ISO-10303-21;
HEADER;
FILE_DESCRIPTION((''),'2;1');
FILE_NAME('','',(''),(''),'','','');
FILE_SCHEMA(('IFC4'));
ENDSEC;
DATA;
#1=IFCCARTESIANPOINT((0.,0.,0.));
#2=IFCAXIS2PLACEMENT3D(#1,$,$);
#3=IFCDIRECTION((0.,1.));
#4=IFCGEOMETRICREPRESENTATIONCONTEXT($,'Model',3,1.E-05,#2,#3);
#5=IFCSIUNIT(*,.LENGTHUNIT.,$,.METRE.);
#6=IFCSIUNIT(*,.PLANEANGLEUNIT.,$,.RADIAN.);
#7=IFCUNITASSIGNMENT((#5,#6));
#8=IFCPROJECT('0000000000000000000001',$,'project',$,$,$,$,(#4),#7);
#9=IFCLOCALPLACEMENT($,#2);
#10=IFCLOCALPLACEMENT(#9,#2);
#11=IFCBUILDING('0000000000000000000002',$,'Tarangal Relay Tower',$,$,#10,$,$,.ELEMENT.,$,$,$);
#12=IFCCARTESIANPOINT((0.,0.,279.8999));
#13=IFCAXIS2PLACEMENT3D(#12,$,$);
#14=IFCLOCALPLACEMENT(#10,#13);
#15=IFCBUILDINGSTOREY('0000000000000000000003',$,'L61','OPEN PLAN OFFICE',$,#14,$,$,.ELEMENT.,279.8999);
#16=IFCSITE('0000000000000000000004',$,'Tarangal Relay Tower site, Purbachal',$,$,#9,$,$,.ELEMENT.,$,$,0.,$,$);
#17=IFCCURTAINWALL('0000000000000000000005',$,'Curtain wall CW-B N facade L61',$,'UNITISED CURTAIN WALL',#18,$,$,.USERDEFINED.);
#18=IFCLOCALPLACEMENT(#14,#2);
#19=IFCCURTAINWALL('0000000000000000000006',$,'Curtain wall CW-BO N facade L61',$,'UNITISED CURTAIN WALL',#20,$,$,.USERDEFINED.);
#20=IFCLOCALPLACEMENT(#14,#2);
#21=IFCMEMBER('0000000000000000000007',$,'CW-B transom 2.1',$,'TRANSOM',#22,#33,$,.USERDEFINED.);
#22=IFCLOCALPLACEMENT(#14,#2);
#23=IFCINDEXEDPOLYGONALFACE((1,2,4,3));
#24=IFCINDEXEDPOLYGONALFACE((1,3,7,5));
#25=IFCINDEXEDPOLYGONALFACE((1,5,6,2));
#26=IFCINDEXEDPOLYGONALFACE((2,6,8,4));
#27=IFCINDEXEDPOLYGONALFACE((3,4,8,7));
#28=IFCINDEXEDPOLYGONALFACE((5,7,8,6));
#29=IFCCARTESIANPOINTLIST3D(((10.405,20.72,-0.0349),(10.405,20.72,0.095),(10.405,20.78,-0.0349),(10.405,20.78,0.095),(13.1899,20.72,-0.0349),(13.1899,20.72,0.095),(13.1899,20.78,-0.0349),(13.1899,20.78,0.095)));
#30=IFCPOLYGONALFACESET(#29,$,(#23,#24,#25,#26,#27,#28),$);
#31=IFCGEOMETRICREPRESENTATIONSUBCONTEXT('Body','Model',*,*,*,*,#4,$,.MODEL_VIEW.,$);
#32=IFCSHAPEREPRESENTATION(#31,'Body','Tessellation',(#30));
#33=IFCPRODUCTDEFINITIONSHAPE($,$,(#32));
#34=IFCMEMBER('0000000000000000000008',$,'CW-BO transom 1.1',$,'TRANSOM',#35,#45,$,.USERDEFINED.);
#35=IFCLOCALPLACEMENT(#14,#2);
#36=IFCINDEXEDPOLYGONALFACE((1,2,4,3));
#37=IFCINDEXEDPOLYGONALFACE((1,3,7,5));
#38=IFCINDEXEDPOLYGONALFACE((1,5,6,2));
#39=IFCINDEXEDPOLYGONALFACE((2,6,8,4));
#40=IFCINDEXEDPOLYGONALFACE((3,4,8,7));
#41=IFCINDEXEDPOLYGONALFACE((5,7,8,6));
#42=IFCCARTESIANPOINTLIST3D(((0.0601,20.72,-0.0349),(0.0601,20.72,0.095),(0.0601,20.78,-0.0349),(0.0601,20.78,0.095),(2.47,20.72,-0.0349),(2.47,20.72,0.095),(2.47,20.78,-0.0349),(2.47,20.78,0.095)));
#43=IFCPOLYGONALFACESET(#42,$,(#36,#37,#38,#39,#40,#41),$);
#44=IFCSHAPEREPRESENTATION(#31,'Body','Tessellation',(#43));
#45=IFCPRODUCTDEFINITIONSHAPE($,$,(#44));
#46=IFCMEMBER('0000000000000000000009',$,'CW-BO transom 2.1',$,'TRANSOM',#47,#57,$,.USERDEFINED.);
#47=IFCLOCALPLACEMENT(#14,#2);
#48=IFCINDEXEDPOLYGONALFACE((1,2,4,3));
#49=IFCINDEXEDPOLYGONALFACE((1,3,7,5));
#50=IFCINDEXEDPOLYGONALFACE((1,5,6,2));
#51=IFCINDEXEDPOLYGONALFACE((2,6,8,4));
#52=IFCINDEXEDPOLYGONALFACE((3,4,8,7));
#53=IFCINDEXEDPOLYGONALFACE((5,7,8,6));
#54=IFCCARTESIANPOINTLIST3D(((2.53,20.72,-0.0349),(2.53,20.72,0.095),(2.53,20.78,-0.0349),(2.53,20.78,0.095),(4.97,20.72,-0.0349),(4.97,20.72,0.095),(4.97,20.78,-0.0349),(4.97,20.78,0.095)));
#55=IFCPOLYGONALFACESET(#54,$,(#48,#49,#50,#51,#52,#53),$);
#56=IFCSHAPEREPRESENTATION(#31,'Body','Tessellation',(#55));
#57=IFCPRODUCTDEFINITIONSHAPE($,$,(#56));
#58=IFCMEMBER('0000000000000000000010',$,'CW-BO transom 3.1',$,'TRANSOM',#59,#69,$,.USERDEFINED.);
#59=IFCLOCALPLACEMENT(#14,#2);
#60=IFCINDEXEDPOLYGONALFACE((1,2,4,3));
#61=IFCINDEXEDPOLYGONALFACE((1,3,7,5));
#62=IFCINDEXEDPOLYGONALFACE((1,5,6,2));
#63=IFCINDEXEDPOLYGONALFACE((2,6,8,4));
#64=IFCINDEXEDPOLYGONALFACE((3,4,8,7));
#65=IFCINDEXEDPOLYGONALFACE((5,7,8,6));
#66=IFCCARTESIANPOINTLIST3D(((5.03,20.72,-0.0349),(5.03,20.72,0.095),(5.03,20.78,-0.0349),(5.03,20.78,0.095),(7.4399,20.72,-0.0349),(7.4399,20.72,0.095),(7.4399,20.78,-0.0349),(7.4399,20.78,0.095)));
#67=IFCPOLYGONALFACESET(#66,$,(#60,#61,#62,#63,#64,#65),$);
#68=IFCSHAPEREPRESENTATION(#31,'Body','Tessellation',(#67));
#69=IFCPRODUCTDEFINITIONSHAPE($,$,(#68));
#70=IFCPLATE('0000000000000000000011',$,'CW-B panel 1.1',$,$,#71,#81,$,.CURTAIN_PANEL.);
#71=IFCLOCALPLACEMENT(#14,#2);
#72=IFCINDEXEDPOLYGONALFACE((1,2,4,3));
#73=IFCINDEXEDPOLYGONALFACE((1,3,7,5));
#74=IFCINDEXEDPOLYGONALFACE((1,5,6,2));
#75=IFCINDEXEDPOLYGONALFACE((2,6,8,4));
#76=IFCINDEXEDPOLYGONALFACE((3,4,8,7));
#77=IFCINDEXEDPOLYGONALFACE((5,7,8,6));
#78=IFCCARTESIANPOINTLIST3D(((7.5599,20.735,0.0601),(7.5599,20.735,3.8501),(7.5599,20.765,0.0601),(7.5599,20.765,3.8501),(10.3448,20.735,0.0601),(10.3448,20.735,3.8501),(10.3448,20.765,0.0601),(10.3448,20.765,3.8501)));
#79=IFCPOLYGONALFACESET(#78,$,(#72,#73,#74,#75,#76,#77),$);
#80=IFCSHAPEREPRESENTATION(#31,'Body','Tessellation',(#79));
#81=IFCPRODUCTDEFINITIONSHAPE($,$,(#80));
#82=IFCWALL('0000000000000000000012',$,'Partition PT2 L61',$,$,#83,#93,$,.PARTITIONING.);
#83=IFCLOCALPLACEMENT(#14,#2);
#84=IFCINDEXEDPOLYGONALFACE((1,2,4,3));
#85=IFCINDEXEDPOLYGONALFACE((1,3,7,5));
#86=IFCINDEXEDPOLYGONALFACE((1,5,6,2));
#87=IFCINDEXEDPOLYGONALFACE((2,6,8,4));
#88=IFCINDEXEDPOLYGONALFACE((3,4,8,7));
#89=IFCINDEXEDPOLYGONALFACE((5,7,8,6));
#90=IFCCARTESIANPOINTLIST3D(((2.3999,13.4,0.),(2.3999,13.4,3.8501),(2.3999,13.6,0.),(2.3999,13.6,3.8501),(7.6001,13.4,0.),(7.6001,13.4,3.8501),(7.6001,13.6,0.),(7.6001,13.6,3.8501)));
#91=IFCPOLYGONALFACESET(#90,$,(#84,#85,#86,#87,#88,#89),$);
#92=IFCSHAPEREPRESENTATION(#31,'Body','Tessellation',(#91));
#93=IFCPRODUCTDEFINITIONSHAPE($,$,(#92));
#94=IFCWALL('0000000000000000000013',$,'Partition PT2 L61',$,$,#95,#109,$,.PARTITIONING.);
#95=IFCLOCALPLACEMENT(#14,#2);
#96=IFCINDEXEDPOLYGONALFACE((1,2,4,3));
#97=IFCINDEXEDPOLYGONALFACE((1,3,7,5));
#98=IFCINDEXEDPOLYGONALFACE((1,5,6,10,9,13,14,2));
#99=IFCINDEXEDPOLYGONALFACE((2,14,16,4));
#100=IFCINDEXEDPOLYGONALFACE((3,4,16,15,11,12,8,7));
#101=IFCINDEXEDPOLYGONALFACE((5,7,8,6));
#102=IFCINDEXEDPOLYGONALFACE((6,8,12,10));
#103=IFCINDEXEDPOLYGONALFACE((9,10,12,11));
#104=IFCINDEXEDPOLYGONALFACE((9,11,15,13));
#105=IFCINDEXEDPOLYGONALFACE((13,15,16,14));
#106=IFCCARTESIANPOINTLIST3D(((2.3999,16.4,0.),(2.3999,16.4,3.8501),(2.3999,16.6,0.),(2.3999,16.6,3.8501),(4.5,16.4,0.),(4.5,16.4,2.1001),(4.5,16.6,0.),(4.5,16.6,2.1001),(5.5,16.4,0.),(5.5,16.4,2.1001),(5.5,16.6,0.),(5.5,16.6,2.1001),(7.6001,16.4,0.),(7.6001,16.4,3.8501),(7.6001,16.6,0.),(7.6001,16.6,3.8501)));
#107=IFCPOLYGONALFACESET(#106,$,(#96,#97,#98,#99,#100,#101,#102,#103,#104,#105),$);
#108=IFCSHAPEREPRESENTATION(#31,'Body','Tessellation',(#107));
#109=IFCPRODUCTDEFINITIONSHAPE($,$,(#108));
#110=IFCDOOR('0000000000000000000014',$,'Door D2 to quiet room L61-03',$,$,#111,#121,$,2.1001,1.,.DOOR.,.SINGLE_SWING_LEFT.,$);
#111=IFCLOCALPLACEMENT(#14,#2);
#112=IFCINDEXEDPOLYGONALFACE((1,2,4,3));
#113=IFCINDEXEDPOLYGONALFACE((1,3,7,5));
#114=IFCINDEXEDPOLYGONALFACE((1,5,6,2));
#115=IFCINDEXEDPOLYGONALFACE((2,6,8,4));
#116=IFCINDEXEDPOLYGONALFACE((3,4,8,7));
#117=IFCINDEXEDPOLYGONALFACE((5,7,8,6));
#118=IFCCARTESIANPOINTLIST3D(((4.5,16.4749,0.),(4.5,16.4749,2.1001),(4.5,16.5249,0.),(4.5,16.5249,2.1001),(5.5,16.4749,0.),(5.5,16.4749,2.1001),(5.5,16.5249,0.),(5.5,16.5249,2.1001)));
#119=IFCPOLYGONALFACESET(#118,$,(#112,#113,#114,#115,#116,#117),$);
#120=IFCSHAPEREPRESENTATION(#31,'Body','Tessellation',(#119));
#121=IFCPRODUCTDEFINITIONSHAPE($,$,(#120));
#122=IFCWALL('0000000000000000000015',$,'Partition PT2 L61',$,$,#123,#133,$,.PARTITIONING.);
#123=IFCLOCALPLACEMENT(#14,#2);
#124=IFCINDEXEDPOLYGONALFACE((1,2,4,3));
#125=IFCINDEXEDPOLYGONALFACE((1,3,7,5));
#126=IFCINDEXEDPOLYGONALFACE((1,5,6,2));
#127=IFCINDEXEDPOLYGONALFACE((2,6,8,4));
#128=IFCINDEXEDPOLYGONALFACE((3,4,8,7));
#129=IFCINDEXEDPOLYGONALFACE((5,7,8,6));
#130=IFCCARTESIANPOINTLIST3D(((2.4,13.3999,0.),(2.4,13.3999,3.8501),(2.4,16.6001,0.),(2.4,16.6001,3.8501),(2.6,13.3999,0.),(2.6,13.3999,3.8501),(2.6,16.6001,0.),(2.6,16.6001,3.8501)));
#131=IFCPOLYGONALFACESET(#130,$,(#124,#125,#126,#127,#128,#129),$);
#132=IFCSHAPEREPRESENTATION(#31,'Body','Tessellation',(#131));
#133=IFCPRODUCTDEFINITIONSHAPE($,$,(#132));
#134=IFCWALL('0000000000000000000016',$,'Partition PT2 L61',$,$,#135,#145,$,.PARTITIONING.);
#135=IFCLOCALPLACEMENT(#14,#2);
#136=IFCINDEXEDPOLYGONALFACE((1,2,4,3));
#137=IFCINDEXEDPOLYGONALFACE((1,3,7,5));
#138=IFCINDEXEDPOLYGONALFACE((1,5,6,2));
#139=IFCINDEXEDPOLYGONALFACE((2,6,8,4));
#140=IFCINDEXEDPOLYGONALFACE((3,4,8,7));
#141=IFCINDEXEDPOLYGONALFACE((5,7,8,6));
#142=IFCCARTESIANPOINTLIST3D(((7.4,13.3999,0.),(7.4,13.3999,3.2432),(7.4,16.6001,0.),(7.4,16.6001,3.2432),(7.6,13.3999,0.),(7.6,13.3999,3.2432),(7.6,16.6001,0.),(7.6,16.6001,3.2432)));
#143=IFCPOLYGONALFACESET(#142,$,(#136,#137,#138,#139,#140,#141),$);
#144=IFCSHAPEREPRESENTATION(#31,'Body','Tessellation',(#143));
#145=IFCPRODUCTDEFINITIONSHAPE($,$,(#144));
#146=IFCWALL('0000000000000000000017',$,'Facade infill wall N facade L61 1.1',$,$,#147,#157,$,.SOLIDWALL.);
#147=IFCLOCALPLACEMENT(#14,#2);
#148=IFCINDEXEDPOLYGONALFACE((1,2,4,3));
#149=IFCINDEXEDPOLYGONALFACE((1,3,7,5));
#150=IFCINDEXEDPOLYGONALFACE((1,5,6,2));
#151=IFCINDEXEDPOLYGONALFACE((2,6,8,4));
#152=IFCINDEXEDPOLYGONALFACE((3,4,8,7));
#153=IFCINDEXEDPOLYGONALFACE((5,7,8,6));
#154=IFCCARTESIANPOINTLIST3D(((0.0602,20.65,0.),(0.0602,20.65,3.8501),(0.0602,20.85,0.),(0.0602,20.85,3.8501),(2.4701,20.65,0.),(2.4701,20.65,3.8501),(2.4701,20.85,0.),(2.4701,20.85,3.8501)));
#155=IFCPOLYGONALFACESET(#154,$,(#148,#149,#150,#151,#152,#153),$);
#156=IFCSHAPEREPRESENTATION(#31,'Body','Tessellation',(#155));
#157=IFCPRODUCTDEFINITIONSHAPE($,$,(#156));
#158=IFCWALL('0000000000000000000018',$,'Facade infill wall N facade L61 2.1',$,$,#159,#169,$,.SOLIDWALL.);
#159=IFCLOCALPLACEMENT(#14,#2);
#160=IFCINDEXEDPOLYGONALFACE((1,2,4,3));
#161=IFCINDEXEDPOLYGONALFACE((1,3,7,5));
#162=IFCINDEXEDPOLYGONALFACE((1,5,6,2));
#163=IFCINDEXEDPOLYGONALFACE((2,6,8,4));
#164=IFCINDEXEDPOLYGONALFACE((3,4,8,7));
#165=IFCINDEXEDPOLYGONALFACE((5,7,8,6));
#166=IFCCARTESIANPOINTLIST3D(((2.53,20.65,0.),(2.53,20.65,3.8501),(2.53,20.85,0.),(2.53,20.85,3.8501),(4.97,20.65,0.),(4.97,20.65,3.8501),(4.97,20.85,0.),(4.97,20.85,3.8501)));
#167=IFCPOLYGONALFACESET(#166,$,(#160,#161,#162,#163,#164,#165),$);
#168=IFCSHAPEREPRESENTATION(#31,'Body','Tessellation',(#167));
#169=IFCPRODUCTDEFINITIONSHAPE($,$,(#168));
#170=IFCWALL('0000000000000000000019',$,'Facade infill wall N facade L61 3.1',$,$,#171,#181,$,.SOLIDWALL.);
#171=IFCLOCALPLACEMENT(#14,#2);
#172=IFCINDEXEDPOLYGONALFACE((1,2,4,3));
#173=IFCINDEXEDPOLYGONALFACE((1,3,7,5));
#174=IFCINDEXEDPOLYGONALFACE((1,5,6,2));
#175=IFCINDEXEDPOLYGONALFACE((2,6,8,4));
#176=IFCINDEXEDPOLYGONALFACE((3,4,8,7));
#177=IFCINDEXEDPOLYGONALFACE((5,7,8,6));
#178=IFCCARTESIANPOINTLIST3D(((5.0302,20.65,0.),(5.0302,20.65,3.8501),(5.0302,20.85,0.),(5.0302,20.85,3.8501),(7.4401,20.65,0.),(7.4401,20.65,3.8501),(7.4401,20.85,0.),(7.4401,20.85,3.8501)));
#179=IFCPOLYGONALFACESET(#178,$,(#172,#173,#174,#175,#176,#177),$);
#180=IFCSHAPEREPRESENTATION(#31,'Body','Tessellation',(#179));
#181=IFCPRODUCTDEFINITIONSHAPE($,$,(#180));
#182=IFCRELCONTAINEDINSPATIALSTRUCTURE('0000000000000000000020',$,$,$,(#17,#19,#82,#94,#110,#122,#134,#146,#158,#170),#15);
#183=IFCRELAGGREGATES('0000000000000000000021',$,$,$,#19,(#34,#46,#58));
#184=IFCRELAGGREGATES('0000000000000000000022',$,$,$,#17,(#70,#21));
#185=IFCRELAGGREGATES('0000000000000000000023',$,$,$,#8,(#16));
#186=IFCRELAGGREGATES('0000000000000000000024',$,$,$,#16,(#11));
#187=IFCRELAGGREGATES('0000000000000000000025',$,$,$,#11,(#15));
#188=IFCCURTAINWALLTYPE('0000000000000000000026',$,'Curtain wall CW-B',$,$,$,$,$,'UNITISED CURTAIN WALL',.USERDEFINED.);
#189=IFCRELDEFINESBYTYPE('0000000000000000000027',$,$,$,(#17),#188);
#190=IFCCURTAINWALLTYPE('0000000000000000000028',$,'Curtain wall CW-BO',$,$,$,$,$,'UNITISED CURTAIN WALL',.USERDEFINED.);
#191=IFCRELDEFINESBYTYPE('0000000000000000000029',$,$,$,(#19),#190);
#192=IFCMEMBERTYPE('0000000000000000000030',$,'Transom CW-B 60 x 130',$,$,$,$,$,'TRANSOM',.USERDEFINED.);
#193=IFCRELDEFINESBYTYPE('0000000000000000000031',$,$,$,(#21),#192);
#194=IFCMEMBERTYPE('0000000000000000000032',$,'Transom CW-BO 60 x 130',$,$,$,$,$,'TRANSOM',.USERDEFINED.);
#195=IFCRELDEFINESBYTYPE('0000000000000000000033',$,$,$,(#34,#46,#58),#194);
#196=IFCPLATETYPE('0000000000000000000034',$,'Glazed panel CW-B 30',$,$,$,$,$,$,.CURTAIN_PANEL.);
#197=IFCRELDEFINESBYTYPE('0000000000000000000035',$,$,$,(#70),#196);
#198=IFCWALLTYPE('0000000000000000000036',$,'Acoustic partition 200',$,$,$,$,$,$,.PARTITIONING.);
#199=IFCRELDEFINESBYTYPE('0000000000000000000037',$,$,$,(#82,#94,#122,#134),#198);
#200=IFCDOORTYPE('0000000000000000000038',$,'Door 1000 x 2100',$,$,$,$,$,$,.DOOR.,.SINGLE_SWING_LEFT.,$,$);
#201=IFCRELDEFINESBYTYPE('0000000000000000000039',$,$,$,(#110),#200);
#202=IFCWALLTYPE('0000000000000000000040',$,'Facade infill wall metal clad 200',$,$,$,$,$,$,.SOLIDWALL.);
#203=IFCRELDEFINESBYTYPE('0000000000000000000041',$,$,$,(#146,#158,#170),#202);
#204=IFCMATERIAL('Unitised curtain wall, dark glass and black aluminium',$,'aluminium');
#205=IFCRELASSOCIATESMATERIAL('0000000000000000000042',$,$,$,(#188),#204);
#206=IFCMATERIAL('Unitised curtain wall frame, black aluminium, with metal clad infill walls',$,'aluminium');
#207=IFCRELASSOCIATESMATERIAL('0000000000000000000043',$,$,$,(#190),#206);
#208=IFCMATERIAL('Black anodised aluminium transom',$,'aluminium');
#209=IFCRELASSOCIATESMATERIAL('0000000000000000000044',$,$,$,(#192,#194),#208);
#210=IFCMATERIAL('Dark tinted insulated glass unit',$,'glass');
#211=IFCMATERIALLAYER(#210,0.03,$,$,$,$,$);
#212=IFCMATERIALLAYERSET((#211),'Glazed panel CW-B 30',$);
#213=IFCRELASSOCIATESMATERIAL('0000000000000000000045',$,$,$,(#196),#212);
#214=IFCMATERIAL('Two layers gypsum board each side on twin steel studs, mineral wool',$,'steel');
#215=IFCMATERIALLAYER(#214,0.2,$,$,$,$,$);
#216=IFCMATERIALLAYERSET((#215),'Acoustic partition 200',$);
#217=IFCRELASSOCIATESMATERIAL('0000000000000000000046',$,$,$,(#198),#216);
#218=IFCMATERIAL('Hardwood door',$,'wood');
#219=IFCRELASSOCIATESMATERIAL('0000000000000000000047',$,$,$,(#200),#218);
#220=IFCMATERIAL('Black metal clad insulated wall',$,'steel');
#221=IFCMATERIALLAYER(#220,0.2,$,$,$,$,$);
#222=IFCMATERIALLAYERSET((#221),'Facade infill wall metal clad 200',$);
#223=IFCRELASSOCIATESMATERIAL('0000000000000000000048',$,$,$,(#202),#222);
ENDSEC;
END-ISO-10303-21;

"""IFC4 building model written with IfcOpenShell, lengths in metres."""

from ifc_helpers import new_model, si_unit, direction, frame, frame_2d, origin, origin_2d, place, context, subcontext, project, spatial, rectangle, extrude, material, layer, layer_set, material_profile, profile_set, type_object, element, fill, aggregate, save


model = new_model("IFC4")

# Units and contexts
model_context = context("Model", 3, precision=1e-05, world=origin(), true_north=direction((0.0, 1.0)))
body_context = subcontext(model_context, "Body", "Model", "MODEL_VIEW")
ifc_project = project(units=[si_unit("LENGTHUNIT", "METRE"), si_unit("PLANEANGLEUNIT", "RADIAN")], contexts=[model_context])

# Site, building, storey
site_placement = place(None, origin())
site = spatial("IfcSite", under=ifc_project, at=site_placement, Name="Tarangal Relay Tower site, Purbachal", CompositionType="ELEMENT", RefElevation=0.0)
building_placement = place(site_placement, origin())
building = spatial("IfcBuilding", under=site, at=building_placement, Name="Tarangal Relay Tower", CompositionType="ELEMENT")
storey_placement = place(building_placement, frame((0.0, 0.0, 279.8999)))
storey = spatial("IfcBuildingStorey", under=building, at=storey_placement, Name="L61", Description="OPEN PLAN OFFICE", CompositionType="ELEMENT", Elevation=279.8999)

# Curtain walls
ifc_material_1 = material(Name="Unitised curtain wall, dark glass and black aluminium", Category="aluminium")
curtain_wall_type_1 = type_object("IfcCurtainWallType", Name="Curtain wall CW-B", ElementType="UNITISED CURTAIN WALL", PredefinedType="USERDEFINED", material=ifc_material_1)
curtain_wall_1_placement = place(storey_placement, origin())
curtain_wall_1 = element("IfcCurtainWall", 1, at=curtain_wall_1_placement, inside=storey, type_object=curtain_wall_type_1, Name="Curtain wall CW-B N facade L61", ObjectType="UNITISED CURTAIN WALL", PredefinedType="USERDEFINED")
ifc_material_2 = material(Name="Unitised curtain wall frame, black aluminium, with metal clad infill walls", Category="aluminium")
curtain_wall_type_2 = type_object("IfcCurtainWallType", Name="Curtain wall CW-BO", ElementType="UNITISED CURTAIN WALL", PredefinedType="USERDEFINED", material=ifc_material_2)
curtain_wall_2_placement = place(storey_placement, origin())
curtain_wall_2 = element("IfcCurtainWall", 2, at=curtain_wall_2_placement, inside=storey, type_object=curtain_wall_type_2, Name="Curtain wall CW-BO N facade L61", ObjectType="UNITISED CURTAIN WALL", PredefinedType="USERDEFINED")

# Members
ifc_material_3 = material(Name="Black anodised aluminium transom", Category="aluminium")
ifc_material_profile_1 = material_profile(ifc_material_3, rectangle(XDim=0.0601, YDim=0.1299, at=origin_2d()), Name="CW-BT 60X130")
ifc_profile_set_1 = profile_set([ifc_material_profile_1], Name="Black anodised aluminium transom")
member_type_1 = type_object("IfcMemberType", Name="Transom CW-B 60 x 130", ElementType="TRANSOM", PredefinedType="USERDEFINED", material=ifc_profile_set_1)
member_1_placement = place(storey_placement, frame((10.405, 20.75, 0.03), z_axis=(1.0, 0.0, 0.0), x_axis=(0.0, 1.0, 0.0)))
member_1 = element("IfcMember", 3, at=member_1_placement, type_object=member_type_1, Name="CW-B transom 2.1", ObjectType="TRANSOM", PredefinedType="USERDEFINED", context=body_context, shape_type="SweptSolid", body=[
    extrude(rectangle(XDim=0.0601, YDim=0.1299, at=origin_2d()), origin(), (0.0, 0.0, 1.0), 2.7849),
])
ifc_material_profile_2 = material_profile(ifc_material_3, rectangle(XDim=0.0601, YDim=0.1299, at=origin_2d()), Name="CW-BOT 60X130")
ifc_profile_set_2 = profile_set([ifc_material_profile_2], Name="Black anodised aluminium transom")
member_type_2 = type_object("IfcMemberType", Name="Transom CW-BO 60 x 130", ElementType="TRANSOM", PredefinedType="USERDEFINED", material=ifc_profile_set_2)
member_2_placement = place(storey_placement, frame((0.0601, 20.75, 0.03), z_axis=(1.0, 0.0, 0.0), x_axis=(0.0, 1.0, 0.0)))
member_2 = element("IfcMember", 4, at=member_2_placement, type_object=member_type_2, Name="CW-BO transom 1.1", ObjectType="TRANSOM", PredefinedType="USERDEFINED", context=body_context, shape_type="SweptSolid", body=[
    extrude(rectangle(XDim=0.0601, YDim=0.1299, at=origin_2d()), origin(), (0.0, 0.0, 1.0), 2.4099),
])
member_3_placement = place(storey_placement, frame((2.53, 20.75, 0.03), z_axis=(1.0, 0.0, 0.0), x_axis=(0.0, 1.0, 0.0)))
member_3 = element("IfcMember", 5, at=member_3_placement, type_object=member_type_2, Name="CW-BO transom 2.1", ObjectType="TRANSOM", PredefinedType="USERDEFINED", context=body_context, shape_type="SweptSolid", body=[
    extrude(rectangle(XDim=0.0601, YDim=0.1299, at=origin_2d()), origin(), (0.0, 0.0, 1.0), 2.4399),
])
member_4_placement = place(storey_placement, frame((5.03, 20.75, 0.03), z_axis=(1.0, 0.0, 0.0), x_axis=(0.0, 1.0, 0.0)))
member_4 = element("IfcMember", 6, at=member_4_placement, type_object=member_type_2, Name="CW-BO transom 3.1", ObjectType="TRANSOM", PredefinedType="USERDEFINED", context=body_context, shape_type="SweptSolid", body=[
    extrude(rectangle(XDim=0.0601, YDim=0.1299, at=origin_2d()), origin(), (0.0, 0.0, 1.0), 2.4099),
])
aggregate(curtain_wall_2, [member_2, member_3, member_4])

# Plate
ifc_material_4 = material(Name="Dark tinted insulated glass unit", Category="glass")
ifc_layer_1 = layer(ifc_material_4, 0.03)
ifc_layer_set_1 = layer_set([ifc_layer_1], Name="Glazed panel CW-B 30")
plate_type = type_object("IfcPlateType", Name="Glazed panel CW-B 30", PredefinedType="CURTAIN_PANEL", material=ifc_layer_set_1)
plate_placement = place(storey_placement, frame((8.9524, 20.75, 0.0601), z_axis=(0.0, 0.0, 1.0), x_axis=(1.0, 0.0, 0.0)))
plate = element("IfcPlate", 7, at=plate_placement, type_object=plate_type, Name="CW-B panel 1.1", PredefinedType="CURTAIN_PANEL", context=body_context, shape_type="SweptSolid", body=[
    extrude(rectangle(XDim=2.7849, YDim=0.03, at=origin_2d()), origin(), (0.0, 0.0, 1.0), 3.79),
])
aggregate(curtain_wall_1, [plate, member_1])

# Wall
ifc_material_5 = material(Name="Two layers gypsum board each side on twin steel studs, mineral wool", Category="steel")
ifc_layer_2 = layer(ifc_material_5, 0.2)
ifc_layer_set_2 = layer_set([ifc_layer_2], Name="Acoustic partition 200")
wall_type_1 = type_object("IfcWallType", Name="Acoustic partition 200", PredefinedType="PARTITIONING", material=ifc_layer_set_2)
wall_1_placement = place(storey_placement, frame((2.3999, 13.5, 0.0), z_axis=(0.0, 0.0, 1.0), x_axis=(1.0, 0.0, 0.0)))
element("IfcWall", 8, at=wall_1_placement, inside=storey, type_object=wall_type_1, Name="Partition PT2 L61", PredefinedType="PARTITIONING", context=body_context, shape_type="SweptSolid", body=[
    extrude(rectangle(XDim=5.2002, YDim=0.2, at=frame_2d((2.6001, 0.0))), origin(), (0.0, 0.0, 1.0), 3.8501),
])

# Wall, opening, door
wall_2_placement = place(storey_placement, frame((2.3999, 16.5, 0.0), z_axis=(0.0, 0.0, 1.0), x_axis=(1.0, 0.0, 0.0)))
wall_2 = element("IfcWall", 9, at=wall_2_placement, inside=storey, type_object=wall_type_1, Name="Partition PT2 L61", PredefinedType="PARTITIONING", context=body_context, shape_type="SweptSolid", body=[
    extrude(rectangle(XDim=5.2002, YDim=0.2, at=frame_2d((2.6001, 0.0))), origin(), (0.0, 0.0, 1.0), 3.8501),
])
opening_placement = place(wall_2_placement, frame((2.1001, 0.0, 0.0)))
opening = element("IfcOpeningElement", 10, at=opening_placement, cuts=wall_2, PredefinedType="OPENING", context=body_context, shape_type="SweptSolid", body=[
    extrude(rectangle(XDim=1.0, YDim=2.1001, at=frame_2d((0.5, 1.05))), frame((0.0, 0.1099, 0.0), z_axis=(0.0, -1.0, 0.0), x_axis=(1.0, 0.0, 0.0)), (0.0, 0.0, 1.0), 0.22),
])
ifc_material_6 = material(Name="Hardwood door", Category="wood")
door_type = type_object("IfcDoorType", Name="Door 1000 x 2100", OperationType="SINGLE_SWING_LEFT", PredefinedType="DOOR", material=ifc_material_6)
door_placement = place(opening_placement, origin())
door = element("IfcDoor", 11, at=door_placement, inside=storey, type_object=door_type, Name="Door D2 to quiet room L61-03", OperationType="SINGLE_SWING_LEFT", OverallHeight=2.1001, OverallWidth=1.0, PredefinedType="DOOR", context=body_context, shape_type="SweptSolid", body=[
    extrude(rectangle(XDim=1.0, YDim=2.1001, at=frame_2d((0.5, 1.05))), frame((0.0, 0.0249, 0.0), z_axis=(0.0, -1.0, 0.0), x_axis=(1.0, 0.0, 0.0)), (0.0, 0.0, 1.0), 0.05),
])
fill(opening, door)

# Walls
wall_3_placement = place(storey_placement, frame((2.5, 13.3999, 0.0), z_axis=(0.0, 0.0, 1.0), x_axis=(0.0, 1.0, 0.0)))
element("IfcWall", 12, at=wall_3_placement, inside=storey, type_object=wall_type_1, Name="Partition PT2 L61", PredefinedType="PARTITIONING", context=body_context, shape_type="SweptSolid", body=[
    extrude(rectangle(XDim=3.2002, YDim=0.2, at=frame_2d((1.6001, 0.0))), origin(), (0.0, 0.0, 1.0), 3.8501),
])
wall_4_placement = place(storey_placement, frame((7.5, 13.3999, 0.0), z_axis=(0.0, 0.0, 1.0), x_axis=(0.0, 1.0, 0.0)))
element("IfcWall", 13, at=wall_4_placement, inside=storey, type_object=wall_type_1, Name="Partition PT2 L61", PredefinedType="PARTITIONING", context=body_context, shape_type="SweptSolid", body=[
    extrude(rectangle(XDim=3.2002, YDim=0.2, at=frame_2d((1.6001, 0.0))), origin(), (0.0, 0.0, 1.0), 3.2432),
])
ifc_material_7 = material(Name="Black metal clad insulated wall", Category="steel")
ifc_layer_3 = layer(ifc_material_7, 0.2)
ifc_layer_set_3 = layer_set([ifc_layer_3], Name="Facade infill wall metal clad 200")
wall_type_2 = type_object("IfcWallType", Name="Facade infill wall metal clad 200", PredefinedType="SOLIDWALL", material=ifc_layer_set_3)
wall_5_placement = place(storey_placement, frame((0.0601, 20.75, 0.0), z_axis=(0.0, 0.0, 1.0), x_axis=(1.0, 0.0, 0.0)))
element("IfcWall", 14, at=wall_5_placement, inside=storey, type_object=wall_type_2, Name="Facade infill wall N facade L61 1.1", PredefinedType="SOLIDWALL", context=body_context, shape_type="SweptSolid", body=[
    extrude(rectangle(XDim=2.4099, YDim=0.2, at=frame_2d((1.2051, 0.0))), origin(), (0.0, 0.0, 1.0), 3.8501),
])
wall_6_placement = place(storey_placement, frame((2.53, 20.75, 0.0), z_axis=(0.0, 0.0, 1.0), x_axis=(1.0, 0.0, 0.0)))
element("IfcWall", 15, at=wall_6_placement, inside=storey, type_object=wall_type_2, Name="Facade infill wall N facade L61 2.1", PredefinedType="SOLIDWALL", context=body_context, shape_type="SweptSolid", body=[
    extrude(rectangle(XDim=2.4399, YDim=0.2, at=frame_2d((1.22, 0.0))), origin(), (0.0, 0.0, 1.0), 3.8501),
])
wall_7_placement = place(storey_placement, frame((5.03, 20.75, 0.0), z_axis=(0.0, 0.0, 1.0), x_axis=(1.0, 0.0, 0.0)))
element("IfcWall", 16, at=wall_7_placement, inside=storey, type_object=wall_type_2, Name="Facade infill wall N facade L61 3.1", PredefinedType="SOLIDWALL", context=body_context, shape_type="SweptSolid", body=[
    extrude(rectangle(XDim=2.4099, YDim=0.2, at=frame_2d((1.2051, 0.0))), origin(), (0.0, 0.0, 1.0), 3.8501),
])

save(model, "model.ifc")
